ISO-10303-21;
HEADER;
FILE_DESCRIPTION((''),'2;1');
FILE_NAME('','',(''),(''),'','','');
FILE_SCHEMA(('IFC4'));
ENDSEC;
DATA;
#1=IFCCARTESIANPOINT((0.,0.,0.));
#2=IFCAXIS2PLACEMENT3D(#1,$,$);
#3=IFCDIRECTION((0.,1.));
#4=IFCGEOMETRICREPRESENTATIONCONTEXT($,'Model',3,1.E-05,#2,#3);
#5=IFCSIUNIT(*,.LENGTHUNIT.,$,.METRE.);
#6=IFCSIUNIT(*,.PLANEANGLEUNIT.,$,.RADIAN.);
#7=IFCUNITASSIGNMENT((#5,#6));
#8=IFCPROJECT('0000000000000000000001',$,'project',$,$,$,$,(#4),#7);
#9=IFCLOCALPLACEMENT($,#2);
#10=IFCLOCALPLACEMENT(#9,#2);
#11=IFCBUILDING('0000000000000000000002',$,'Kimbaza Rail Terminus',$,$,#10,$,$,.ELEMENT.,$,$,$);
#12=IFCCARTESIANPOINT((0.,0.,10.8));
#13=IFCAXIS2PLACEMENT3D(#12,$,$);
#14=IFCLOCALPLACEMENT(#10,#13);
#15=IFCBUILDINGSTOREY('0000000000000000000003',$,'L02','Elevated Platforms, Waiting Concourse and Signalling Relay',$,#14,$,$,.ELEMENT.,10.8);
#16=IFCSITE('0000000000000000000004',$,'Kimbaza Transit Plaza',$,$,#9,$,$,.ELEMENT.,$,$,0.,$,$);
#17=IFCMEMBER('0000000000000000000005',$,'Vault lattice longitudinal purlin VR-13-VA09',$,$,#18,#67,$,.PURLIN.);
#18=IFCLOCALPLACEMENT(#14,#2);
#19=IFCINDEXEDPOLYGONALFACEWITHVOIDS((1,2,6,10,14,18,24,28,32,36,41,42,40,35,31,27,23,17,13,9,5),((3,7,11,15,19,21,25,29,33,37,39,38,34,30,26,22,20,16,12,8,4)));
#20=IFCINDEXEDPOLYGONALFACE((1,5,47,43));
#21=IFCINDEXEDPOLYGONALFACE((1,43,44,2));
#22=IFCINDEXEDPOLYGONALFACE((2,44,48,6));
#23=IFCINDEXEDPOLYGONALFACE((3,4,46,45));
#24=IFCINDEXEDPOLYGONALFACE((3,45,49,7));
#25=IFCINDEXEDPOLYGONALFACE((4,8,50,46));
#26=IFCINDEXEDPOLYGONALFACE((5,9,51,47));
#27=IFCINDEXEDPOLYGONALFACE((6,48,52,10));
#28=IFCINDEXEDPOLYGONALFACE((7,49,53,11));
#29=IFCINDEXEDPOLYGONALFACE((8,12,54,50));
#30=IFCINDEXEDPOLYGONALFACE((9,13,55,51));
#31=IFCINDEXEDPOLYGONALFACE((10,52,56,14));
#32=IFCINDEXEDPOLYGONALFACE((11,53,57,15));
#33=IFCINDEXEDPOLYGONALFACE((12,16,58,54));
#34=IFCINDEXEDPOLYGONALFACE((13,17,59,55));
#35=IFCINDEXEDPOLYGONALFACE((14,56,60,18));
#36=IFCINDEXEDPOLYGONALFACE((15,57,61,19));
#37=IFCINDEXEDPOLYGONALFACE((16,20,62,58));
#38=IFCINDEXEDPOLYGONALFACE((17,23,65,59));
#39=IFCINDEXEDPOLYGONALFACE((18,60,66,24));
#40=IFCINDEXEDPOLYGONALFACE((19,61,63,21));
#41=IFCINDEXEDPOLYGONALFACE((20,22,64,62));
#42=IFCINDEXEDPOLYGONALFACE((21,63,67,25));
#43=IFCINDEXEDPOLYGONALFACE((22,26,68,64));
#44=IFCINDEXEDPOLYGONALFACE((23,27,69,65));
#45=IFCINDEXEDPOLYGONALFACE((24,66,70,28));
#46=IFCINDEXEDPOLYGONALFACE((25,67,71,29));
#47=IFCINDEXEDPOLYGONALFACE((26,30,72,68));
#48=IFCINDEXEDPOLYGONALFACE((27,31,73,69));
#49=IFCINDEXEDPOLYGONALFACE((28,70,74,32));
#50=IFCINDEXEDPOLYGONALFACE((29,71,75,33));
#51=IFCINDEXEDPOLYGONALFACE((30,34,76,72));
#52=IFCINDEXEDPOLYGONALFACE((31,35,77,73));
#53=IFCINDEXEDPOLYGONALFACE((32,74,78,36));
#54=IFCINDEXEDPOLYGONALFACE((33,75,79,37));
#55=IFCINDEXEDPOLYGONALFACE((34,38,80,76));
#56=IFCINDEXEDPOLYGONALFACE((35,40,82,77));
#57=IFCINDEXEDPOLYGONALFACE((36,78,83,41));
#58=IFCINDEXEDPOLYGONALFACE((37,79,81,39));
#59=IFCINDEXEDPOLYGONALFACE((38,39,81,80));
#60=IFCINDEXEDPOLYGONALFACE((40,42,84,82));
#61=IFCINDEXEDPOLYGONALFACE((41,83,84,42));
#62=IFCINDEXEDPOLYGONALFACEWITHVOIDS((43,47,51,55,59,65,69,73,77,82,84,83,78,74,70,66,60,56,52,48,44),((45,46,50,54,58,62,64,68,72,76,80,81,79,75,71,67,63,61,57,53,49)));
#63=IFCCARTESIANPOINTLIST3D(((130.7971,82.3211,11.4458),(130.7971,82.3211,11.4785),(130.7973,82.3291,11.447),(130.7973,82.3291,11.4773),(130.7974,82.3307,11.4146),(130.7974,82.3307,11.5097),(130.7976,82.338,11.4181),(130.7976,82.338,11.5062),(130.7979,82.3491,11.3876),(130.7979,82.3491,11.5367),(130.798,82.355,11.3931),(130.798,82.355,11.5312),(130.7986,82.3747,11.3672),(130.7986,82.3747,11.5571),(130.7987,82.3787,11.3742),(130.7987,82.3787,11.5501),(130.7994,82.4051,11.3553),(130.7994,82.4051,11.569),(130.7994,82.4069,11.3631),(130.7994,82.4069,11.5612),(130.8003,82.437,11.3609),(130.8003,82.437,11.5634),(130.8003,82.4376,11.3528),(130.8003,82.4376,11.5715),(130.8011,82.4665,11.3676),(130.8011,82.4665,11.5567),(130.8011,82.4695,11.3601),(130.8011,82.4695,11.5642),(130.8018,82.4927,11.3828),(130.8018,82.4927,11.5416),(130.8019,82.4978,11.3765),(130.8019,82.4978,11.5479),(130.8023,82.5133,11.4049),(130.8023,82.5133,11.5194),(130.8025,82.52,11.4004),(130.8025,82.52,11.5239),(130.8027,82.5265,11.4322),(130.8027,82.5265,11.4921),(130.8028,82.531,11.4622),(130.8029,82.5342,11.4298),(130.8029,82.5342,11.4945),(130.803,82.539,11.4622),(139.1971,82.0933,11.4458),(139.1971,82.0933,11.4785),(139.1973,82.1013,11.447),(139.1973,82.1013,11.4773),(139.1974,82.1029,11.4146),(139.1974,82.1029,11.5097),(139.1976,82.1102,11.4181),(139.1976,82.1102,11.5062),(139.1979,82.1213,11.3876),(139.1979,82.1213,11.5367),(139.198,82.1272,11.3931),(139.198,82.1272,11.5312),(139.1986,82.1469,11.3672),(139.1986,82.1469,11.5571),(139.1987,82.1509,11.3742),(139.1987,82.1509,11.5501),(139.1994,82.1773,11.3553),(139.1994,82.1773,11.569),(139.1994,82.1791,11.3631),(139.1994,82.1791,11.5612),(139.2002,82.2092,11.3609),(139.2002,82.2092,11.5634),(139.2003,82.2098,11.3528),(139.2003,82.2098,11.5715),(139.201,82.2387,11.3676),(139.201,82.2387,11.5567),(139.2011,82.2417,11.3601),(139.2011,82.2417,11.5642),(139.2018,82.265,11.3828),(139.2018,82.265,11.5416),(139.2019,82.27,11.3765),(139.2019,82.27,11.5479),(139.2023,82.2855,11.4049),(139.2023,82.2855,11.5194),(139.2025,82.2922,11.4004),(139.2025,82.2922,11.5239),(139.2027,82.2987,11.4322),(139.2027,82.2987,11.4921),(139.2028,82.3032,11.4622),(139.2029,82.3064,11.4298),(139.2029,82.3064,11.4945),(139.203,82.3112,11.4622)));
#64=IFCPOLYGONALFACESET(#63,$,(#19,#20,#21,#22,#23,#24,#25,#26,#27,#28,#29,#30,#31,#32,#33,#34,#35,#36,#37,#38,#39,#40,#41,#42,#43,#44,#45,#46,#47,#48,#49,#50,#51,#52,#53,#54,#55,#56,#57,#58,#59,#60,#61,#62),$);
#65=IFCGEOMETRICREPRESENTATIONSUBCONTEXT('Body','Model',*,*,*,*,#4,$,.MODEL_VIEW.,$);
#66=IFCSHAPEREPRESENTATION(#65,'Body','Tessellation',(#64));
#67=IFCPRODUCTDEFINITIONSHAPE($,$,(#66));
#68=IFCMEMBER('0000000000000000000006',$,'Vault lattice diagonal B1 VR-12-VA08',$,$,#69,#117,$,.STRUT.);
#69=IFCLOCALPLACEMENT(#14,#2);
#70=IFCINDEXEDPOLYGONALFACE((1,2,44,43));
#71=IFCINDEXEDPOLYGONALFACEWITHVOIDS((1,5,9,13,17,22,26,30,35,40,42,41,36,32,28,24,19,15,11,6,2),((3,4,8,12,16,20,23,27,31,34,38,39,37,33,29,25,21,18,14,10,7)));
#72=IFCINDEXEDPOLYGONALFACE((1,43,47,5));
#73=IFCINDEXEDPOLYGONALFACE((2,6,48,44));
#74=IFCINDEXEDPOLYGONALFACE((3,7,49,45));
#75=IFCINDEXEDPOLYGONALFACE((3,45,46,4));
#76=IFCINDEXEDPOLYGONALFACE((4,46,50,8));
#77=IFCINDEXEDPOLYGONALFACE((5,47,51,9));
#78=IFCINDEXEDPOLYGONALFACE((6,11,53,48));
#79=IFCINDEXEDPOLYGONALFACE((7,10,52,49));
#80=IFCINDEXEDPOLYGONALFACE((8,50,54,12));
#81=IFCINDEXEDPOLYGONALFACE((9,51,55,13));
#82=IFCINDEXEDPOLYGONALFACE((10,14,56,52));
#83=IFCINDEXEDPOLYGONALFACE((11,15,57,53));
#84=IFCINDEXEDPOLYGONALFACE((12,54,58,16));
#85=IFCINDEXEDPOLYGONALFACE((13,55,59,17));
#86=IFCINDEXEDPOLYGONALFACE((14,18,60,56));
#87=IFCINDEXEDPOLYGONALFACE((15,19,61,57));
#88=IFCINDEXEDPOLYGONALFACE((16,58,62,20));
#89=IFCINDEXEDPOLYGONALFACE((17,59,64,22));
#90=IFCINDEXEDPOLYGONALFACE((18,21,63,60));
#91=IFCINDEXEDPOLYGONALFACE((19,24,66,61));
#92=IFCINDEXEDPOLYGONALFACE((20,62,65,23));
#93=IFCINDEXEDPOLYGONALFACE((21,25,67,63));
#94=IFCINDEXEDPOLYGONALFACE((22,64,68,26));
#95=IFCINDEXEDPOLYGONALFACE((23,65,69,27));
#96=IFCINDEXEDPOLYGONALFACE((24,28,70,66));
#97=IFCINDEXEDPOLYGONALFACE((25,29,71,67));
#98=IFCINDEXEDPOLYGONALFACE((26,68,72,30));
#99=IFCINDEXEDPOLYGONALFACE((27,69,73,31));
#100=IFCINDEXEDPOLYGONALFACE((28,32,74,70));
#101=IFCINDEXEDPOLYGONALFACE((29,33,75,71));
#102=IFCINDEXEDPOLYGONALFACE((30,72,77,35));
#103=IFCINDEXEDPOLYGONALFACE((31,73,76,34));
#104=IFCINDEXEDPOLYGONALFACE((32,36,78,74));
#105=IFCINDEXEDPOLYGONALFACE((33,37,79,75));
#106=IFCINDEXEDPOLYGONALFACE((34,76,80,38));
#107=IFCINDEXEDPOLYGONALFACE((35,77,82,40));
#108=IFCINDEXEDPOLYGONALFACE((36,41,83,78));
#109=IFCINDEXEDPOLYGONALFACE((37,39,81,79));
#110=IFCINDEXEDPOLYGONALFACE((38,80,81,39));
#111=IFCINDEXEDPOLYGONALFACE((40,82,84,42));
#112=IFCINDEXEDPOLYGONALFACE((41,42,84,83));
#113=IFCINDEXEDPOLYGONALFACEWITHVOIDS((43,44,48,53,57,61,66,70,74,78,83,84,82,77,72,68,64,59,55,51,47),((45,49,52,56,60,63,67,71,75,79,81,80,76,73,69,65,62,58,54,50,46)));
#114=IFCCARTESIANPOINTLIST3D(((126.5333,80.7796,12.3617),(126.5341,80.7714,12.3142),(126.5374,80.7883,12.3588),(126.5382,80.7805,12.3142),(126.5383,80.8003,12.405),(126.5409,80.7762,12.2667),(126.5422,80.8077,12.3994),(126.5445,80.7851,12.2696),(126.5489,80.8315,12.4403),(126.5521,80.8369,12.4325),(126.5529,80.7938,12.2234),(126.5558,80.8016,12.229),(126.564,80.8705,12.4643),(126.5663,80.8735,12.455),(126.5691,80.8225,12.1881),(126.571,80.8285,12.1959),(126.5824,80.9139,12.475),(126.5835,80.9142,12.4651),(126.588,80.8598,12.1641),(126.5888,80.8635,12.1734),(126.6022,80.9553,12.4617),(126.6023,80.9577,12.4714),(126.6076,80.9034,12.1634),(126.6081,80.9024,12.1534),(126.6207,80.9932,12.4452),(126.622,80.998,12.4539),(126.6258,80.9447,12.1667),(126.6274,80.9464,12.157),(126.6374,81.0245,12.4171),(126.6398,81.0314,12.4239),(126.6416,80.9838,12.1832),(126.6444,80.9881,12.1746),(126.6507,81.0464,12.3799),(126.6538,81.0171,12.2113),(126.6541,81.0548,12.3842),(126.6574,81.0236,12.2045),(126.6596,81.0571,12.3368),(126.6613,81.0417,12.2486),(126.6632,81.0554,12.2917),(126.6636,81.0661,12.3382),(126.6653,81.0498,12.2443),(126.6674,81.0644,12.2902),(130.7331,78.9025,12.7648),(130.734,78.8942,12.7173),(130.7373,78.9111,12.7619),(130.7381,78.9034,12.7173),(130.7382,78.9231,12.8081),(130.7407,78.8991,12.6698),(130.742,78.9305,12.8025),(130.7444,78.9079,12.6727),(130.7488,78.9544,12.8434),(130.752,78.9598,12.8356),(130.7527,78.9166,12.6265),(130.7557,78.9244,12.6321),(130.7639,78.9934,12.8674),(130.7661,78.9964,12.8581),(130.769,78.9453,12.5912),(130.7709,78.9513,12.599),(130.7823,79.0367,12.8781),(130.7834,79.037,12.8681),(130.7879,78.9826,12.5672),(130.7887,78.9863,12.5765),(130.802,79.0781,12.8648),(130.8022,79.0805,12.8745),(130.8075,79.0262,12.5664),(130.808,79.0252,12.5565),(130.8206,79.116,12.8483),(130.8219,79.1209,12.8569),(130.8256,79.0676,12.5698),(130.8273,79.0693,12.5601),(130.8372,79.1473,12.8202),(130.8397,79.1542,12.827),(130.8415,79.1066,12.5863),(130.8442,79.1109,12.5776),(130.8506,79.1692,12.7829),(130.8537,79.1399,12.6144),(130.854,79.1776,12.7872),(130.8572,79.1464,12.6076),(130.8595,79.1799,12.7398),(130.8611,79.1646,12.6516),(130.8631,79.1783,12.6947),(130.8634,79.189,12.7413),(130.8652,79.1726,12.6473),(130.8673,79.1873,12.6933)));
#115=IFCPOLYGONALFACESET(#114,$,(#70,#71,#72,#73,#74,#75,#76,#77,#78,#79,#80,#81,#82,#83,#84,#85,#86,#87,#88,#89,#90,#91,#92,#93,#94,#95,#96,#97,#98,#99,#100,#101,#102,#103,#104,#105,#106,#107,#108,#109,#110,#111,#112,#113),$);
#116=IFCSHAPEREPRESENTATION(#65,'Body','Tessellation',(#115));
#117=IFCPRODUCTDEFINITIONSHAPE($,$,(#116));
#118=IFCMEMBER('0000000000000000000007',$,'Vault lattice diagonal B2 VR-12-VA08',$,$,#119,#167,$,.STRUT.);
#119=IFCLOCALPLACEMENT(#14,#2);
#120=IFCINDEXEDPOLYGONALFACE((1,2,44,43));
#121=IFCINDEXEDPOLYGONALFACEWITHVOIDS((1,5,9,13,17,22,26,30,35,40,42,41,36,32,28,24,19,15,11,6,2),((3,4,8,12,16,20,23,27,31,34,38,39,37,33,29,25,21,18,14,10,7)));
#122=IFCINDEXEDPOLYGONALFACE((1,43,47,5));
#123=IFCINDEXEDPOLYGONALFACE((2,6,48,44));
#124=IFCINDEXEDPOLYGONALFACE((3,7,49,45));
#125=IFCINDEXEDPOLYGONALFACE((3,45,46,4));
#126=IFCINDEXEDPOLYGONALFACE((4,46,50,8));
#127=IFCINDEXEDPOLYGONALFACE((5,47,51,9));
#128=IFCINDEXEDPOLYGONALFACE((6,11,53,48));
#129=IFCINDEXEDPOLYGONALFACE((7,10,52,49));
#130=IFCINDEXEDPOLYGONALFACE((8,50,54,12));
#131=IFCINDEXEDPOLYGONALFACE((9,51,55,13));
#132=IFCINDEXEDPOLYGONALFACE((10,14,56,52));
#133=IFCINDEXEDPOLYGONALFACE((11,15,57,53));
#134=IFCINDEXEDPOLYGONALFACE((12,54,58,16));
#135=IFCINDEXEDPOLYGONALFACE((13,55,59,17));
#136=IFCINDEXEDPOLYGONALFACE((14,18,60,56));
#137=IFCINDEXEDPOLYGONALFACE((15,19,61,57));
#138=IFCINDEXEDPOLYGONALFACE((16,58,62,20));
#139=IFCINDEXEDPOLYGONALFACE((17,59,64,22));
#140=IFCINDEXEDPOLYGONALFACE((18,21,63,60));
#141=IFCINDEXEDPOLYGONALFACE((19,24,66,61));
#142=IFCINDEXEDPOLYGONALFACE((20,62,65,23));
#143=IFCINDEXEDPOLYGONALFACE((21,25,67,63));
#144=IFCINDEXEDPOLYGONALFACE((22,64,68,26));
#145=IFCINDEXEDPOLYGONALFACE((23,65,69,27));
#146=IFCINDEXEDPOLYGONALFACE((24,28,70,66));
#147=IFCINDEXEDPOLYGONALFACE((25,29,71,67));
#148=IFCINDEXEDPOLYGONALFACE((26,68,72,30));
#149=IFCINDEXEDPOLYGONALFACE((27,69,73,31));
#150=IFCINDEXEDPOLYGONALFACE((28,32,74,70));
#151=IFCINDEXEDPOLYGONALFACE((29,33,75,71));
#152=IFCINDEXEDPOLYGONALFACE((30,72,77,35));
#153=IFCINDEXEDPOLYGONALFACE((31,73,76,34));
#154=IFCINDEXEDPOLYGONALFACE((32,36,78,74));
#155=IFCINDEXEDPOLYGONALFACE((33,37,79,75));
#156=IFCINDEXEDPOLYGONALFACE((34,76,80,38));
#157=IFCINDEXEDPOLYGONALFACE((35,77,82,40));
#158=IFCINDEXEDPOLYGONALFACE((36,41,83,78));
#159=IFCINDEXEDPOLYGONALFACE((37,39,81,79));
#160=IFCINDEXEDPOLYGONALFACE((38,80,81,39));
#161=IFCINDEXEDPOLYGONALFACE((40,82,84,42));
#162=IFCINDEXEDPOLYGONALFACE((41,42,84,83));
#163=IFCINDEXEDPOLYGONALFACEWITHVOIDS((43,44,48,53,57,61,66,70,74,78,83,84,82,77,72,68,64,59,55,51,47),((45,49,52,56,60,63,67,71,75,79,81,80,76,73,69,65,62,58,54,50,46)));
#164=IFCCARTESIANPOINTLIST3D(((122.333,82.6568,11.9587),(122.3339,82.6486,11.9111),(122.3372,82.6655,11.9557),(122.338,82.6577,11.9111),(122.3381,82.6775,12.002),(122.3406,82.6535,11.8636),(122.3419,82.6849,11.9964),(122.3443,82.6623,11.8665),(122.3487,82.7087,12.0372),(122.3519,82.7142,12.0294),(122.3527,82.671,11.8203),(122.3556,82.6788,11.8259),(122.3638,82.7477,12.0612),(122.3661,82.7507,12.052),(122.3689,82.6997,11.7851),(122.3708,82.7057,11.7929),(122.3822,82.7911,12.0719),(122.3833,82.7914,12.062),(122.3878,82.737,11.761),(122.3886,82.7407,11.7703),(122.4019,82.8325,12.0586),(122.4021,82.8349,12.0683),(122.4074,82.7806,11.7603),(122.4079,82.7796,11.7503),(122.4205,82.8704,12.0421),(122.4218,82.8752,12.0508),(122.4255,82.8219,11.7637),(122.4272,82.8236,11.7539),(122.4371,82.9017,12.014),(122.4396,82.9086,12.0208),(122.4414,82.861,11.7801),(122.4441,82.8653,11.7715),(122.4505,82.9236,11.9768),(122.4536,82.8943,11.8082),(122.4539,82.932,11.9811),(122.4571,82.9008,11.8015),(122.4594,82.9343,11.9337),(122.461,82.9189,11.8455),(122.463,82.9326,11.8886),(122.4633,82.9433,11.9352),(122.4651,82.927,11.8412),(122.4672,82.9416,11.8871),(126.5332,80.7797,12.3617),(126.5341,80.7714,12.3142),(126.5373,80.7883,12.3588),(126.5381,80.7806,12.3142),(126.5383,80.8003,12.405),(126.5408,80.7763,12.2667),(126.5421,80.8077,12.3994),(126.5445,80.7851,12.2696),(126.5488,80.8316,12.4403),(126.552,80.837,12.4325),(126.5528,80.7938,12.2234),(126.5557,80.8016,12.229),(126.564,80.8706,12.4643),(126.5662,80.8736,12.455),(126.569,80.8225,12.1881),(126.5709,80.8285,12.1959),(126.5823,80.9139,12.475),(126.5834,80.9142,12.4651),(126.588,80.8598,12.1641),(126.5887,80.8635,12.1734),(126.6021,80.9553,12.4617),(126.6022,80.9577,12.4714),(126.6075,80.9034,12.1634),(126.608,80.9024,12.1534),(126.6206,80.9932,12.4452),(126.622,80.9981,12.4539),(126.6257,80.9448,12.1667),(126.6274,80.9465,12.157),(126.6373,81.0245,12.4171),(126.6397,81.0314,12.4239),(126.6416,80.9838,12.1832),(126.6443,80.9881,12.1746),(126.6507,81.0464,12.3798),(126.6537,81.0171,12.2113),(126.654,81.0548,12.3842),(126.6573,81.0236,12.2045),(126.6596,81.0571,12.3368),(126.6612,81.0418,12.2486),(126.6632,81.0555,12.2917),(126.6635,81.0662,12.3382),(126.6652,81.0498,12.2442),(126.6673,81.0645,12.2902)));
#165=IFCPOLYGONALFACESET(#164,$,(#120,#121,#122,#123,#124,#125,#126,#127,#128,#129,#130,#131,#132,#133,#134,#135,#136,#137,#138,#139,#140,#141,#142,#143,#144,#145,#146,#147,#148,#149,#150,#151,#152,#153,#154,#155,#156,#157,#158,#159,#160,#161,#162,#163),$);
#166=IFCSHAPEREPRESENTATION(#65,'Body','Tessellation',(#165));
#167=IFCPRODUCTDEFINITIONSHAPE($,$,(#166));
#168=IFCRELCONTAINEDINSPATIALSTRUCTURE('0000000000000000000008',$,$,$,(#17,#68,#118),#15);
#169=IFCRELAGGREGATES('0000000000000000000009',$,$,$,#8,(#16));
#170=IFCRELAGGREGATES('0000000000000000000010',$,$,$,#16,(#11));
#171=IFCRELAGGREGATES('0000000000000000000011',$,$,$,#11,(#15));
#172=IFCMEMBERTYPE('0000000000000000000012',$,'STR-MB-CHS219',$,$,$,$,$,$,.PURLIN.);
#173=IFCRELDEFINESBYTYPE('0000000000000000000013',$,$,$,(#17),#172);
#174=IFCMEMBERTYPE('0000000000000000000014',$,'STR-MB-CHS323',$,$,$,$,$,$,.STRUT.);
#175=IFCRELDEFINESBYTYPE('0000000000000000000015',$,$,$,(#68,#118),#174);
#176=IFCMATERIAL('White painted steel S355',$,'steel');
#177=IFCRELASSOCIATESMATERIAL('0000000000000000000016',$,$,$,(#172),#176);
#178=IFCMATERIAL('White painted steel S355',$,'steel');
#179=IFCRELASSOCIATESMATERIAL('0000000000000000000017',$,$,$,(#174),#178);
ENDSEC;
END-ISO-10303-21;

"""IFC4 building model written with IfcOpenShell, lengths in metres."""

from ifc_helpers import new_model, si_unit, direction, frame, origin, origin_2d, place, context, subcontext, project, spatial, hollow_circle, extrude, material, material_profile, profile_set, type_object, element, save


model = new_model("IFC4")

# Units and contexts
model_context = context("Model", 3, precision=1e-05, world=origin(), true_north=direction((0.0, 1.0)))
body_context = subcontext(model_context, "Body", "Model", "MODEL_VIEW")
ifc_project = project(units=[si_unit("LENGTHUNIT", "METRE"), si_unit("PLANEANGLEUNIT", "RADIAN")], contexts=[model_context])

# Site, building, storey
site_placement = place(None, origin())
site = spatial("IfcSite", under=ifc_project, at=site_placement, Name="Kimbaza Transit Plaza", CompositionType="ELEMENT", RefElevation=0.0)
building_placement = place(site_placement, origin())
building = spatial("IfcBuilding", under=site, at=building_placement, Name="Kimbaza Rail Terminus", CompositionType="ELEMENT")
storey_placement = place(building_placement, frame((0.0, 0.0, 10.8)))
storey = spatial("IfcBuildingStorey", under=building, at=storey_placement, Name="L02", Description="Elevated Platforms, Waiting Concourse and Signalling Relay", CompositionType="ELEMENT", Elevation=10.8)

# Members
ifc_material_1 = material(Name="White painted steel S355", Category="steel")
ifc_material_profile_1 = material_profile(ifc_material_1, hollow_circle(Radius=0.1096, WallThickness=0.0081, at=origin_2d()), Name="CHS 219.1x8")
ifc_profile_set_1 = profile_set([ifc_material_profile_1], Name="White painted steel S355")
member_type_1 = type_object("IfcMemberType", Name="STR-MB-CHS219", PredefinedType="PURLIN", material=ifc_profile_set_1)
member_1_placement = place(storey_placement, frame((130.8, 82.4294, 11.4622), z_axis=(0.999633, -0.027107, 0.0), x_axis=(0.027107, 0.999633, 0.0)))
element("IfcMember", 1, at=member_1_placement, inside=storey, type_object=member_type_1, Name="Vault lattice longitudinal purlin VR-13-VA09", PredefinedType="PURLIN", context=body_context, shape_type="SweptSolid", body=[
    extrude(hollow_circle(Radius=0.1096, WallThickness=0.0081, at=origin_2d()), origin(), (0.0, 0.0, 1.0), 8.4031),
])
ifc_material_2 = material(Name="White painted steel S355", Category="steel")
ifc_material_profile_2 = material_profile(ifc_material_2, hollow_circle(Radius=0.1619, WallThickness=0.01, at=origin_2d()), Name="CHS 323.9x10")
ifc_profile_set_2 = profile_set([ifc_material_profile_2], Name="White painted steel S355")
member_type_2 = type_object("IfcMemberType", Name="STR-MB-CHS323", PredefinedType="STRUT", material=ifc_profile_set_2)
member_2_placement = place(storey_placement, frame((130.8, 79.042, 12.7173), z_axis=(-0.909474, 0.406496, -0.087284), x_axis=(-0.408053, -0.912958, 0.0)))
element("IfcMember", 2, at=member_2_placement, inside=storey, type_object=member_type_2, Name="Vault lattice diagonal B1 VR-12-VA08", PredefinedType="STRUT", context=body_context, shape_type="SweptSolid", body=[
    extrude(hollow_circle(Radius=0.1619, WallThickness=0.01, at=origin_2d()), origin(), (0.0, 0.0, 1.0), 4.6179),
])
member_3_placement = place(storey_placement, frame((126.6001, 80.9192, 12.3142), z_axis=(-0.909483, 0.406476, -0.08728), x_axis=(-0.408033, -0.912967, 0.0)))
element("IfcMember", 3, at=member_3_placement, inside=storey, type_object=member_type_2, Name="Vault lattice diagonal B2 VR-12-VA08", PredefinedType="STRUT", context=body_context, shape_type="SweptSolid", body=[
    extrude(hollow_circle(Radius=0.1619, WallThickness=0.01, at=origin_2d()), origin(), (0.0, 0.0, 1.0), 4.6182),
])

save(model, "model.ifc")
